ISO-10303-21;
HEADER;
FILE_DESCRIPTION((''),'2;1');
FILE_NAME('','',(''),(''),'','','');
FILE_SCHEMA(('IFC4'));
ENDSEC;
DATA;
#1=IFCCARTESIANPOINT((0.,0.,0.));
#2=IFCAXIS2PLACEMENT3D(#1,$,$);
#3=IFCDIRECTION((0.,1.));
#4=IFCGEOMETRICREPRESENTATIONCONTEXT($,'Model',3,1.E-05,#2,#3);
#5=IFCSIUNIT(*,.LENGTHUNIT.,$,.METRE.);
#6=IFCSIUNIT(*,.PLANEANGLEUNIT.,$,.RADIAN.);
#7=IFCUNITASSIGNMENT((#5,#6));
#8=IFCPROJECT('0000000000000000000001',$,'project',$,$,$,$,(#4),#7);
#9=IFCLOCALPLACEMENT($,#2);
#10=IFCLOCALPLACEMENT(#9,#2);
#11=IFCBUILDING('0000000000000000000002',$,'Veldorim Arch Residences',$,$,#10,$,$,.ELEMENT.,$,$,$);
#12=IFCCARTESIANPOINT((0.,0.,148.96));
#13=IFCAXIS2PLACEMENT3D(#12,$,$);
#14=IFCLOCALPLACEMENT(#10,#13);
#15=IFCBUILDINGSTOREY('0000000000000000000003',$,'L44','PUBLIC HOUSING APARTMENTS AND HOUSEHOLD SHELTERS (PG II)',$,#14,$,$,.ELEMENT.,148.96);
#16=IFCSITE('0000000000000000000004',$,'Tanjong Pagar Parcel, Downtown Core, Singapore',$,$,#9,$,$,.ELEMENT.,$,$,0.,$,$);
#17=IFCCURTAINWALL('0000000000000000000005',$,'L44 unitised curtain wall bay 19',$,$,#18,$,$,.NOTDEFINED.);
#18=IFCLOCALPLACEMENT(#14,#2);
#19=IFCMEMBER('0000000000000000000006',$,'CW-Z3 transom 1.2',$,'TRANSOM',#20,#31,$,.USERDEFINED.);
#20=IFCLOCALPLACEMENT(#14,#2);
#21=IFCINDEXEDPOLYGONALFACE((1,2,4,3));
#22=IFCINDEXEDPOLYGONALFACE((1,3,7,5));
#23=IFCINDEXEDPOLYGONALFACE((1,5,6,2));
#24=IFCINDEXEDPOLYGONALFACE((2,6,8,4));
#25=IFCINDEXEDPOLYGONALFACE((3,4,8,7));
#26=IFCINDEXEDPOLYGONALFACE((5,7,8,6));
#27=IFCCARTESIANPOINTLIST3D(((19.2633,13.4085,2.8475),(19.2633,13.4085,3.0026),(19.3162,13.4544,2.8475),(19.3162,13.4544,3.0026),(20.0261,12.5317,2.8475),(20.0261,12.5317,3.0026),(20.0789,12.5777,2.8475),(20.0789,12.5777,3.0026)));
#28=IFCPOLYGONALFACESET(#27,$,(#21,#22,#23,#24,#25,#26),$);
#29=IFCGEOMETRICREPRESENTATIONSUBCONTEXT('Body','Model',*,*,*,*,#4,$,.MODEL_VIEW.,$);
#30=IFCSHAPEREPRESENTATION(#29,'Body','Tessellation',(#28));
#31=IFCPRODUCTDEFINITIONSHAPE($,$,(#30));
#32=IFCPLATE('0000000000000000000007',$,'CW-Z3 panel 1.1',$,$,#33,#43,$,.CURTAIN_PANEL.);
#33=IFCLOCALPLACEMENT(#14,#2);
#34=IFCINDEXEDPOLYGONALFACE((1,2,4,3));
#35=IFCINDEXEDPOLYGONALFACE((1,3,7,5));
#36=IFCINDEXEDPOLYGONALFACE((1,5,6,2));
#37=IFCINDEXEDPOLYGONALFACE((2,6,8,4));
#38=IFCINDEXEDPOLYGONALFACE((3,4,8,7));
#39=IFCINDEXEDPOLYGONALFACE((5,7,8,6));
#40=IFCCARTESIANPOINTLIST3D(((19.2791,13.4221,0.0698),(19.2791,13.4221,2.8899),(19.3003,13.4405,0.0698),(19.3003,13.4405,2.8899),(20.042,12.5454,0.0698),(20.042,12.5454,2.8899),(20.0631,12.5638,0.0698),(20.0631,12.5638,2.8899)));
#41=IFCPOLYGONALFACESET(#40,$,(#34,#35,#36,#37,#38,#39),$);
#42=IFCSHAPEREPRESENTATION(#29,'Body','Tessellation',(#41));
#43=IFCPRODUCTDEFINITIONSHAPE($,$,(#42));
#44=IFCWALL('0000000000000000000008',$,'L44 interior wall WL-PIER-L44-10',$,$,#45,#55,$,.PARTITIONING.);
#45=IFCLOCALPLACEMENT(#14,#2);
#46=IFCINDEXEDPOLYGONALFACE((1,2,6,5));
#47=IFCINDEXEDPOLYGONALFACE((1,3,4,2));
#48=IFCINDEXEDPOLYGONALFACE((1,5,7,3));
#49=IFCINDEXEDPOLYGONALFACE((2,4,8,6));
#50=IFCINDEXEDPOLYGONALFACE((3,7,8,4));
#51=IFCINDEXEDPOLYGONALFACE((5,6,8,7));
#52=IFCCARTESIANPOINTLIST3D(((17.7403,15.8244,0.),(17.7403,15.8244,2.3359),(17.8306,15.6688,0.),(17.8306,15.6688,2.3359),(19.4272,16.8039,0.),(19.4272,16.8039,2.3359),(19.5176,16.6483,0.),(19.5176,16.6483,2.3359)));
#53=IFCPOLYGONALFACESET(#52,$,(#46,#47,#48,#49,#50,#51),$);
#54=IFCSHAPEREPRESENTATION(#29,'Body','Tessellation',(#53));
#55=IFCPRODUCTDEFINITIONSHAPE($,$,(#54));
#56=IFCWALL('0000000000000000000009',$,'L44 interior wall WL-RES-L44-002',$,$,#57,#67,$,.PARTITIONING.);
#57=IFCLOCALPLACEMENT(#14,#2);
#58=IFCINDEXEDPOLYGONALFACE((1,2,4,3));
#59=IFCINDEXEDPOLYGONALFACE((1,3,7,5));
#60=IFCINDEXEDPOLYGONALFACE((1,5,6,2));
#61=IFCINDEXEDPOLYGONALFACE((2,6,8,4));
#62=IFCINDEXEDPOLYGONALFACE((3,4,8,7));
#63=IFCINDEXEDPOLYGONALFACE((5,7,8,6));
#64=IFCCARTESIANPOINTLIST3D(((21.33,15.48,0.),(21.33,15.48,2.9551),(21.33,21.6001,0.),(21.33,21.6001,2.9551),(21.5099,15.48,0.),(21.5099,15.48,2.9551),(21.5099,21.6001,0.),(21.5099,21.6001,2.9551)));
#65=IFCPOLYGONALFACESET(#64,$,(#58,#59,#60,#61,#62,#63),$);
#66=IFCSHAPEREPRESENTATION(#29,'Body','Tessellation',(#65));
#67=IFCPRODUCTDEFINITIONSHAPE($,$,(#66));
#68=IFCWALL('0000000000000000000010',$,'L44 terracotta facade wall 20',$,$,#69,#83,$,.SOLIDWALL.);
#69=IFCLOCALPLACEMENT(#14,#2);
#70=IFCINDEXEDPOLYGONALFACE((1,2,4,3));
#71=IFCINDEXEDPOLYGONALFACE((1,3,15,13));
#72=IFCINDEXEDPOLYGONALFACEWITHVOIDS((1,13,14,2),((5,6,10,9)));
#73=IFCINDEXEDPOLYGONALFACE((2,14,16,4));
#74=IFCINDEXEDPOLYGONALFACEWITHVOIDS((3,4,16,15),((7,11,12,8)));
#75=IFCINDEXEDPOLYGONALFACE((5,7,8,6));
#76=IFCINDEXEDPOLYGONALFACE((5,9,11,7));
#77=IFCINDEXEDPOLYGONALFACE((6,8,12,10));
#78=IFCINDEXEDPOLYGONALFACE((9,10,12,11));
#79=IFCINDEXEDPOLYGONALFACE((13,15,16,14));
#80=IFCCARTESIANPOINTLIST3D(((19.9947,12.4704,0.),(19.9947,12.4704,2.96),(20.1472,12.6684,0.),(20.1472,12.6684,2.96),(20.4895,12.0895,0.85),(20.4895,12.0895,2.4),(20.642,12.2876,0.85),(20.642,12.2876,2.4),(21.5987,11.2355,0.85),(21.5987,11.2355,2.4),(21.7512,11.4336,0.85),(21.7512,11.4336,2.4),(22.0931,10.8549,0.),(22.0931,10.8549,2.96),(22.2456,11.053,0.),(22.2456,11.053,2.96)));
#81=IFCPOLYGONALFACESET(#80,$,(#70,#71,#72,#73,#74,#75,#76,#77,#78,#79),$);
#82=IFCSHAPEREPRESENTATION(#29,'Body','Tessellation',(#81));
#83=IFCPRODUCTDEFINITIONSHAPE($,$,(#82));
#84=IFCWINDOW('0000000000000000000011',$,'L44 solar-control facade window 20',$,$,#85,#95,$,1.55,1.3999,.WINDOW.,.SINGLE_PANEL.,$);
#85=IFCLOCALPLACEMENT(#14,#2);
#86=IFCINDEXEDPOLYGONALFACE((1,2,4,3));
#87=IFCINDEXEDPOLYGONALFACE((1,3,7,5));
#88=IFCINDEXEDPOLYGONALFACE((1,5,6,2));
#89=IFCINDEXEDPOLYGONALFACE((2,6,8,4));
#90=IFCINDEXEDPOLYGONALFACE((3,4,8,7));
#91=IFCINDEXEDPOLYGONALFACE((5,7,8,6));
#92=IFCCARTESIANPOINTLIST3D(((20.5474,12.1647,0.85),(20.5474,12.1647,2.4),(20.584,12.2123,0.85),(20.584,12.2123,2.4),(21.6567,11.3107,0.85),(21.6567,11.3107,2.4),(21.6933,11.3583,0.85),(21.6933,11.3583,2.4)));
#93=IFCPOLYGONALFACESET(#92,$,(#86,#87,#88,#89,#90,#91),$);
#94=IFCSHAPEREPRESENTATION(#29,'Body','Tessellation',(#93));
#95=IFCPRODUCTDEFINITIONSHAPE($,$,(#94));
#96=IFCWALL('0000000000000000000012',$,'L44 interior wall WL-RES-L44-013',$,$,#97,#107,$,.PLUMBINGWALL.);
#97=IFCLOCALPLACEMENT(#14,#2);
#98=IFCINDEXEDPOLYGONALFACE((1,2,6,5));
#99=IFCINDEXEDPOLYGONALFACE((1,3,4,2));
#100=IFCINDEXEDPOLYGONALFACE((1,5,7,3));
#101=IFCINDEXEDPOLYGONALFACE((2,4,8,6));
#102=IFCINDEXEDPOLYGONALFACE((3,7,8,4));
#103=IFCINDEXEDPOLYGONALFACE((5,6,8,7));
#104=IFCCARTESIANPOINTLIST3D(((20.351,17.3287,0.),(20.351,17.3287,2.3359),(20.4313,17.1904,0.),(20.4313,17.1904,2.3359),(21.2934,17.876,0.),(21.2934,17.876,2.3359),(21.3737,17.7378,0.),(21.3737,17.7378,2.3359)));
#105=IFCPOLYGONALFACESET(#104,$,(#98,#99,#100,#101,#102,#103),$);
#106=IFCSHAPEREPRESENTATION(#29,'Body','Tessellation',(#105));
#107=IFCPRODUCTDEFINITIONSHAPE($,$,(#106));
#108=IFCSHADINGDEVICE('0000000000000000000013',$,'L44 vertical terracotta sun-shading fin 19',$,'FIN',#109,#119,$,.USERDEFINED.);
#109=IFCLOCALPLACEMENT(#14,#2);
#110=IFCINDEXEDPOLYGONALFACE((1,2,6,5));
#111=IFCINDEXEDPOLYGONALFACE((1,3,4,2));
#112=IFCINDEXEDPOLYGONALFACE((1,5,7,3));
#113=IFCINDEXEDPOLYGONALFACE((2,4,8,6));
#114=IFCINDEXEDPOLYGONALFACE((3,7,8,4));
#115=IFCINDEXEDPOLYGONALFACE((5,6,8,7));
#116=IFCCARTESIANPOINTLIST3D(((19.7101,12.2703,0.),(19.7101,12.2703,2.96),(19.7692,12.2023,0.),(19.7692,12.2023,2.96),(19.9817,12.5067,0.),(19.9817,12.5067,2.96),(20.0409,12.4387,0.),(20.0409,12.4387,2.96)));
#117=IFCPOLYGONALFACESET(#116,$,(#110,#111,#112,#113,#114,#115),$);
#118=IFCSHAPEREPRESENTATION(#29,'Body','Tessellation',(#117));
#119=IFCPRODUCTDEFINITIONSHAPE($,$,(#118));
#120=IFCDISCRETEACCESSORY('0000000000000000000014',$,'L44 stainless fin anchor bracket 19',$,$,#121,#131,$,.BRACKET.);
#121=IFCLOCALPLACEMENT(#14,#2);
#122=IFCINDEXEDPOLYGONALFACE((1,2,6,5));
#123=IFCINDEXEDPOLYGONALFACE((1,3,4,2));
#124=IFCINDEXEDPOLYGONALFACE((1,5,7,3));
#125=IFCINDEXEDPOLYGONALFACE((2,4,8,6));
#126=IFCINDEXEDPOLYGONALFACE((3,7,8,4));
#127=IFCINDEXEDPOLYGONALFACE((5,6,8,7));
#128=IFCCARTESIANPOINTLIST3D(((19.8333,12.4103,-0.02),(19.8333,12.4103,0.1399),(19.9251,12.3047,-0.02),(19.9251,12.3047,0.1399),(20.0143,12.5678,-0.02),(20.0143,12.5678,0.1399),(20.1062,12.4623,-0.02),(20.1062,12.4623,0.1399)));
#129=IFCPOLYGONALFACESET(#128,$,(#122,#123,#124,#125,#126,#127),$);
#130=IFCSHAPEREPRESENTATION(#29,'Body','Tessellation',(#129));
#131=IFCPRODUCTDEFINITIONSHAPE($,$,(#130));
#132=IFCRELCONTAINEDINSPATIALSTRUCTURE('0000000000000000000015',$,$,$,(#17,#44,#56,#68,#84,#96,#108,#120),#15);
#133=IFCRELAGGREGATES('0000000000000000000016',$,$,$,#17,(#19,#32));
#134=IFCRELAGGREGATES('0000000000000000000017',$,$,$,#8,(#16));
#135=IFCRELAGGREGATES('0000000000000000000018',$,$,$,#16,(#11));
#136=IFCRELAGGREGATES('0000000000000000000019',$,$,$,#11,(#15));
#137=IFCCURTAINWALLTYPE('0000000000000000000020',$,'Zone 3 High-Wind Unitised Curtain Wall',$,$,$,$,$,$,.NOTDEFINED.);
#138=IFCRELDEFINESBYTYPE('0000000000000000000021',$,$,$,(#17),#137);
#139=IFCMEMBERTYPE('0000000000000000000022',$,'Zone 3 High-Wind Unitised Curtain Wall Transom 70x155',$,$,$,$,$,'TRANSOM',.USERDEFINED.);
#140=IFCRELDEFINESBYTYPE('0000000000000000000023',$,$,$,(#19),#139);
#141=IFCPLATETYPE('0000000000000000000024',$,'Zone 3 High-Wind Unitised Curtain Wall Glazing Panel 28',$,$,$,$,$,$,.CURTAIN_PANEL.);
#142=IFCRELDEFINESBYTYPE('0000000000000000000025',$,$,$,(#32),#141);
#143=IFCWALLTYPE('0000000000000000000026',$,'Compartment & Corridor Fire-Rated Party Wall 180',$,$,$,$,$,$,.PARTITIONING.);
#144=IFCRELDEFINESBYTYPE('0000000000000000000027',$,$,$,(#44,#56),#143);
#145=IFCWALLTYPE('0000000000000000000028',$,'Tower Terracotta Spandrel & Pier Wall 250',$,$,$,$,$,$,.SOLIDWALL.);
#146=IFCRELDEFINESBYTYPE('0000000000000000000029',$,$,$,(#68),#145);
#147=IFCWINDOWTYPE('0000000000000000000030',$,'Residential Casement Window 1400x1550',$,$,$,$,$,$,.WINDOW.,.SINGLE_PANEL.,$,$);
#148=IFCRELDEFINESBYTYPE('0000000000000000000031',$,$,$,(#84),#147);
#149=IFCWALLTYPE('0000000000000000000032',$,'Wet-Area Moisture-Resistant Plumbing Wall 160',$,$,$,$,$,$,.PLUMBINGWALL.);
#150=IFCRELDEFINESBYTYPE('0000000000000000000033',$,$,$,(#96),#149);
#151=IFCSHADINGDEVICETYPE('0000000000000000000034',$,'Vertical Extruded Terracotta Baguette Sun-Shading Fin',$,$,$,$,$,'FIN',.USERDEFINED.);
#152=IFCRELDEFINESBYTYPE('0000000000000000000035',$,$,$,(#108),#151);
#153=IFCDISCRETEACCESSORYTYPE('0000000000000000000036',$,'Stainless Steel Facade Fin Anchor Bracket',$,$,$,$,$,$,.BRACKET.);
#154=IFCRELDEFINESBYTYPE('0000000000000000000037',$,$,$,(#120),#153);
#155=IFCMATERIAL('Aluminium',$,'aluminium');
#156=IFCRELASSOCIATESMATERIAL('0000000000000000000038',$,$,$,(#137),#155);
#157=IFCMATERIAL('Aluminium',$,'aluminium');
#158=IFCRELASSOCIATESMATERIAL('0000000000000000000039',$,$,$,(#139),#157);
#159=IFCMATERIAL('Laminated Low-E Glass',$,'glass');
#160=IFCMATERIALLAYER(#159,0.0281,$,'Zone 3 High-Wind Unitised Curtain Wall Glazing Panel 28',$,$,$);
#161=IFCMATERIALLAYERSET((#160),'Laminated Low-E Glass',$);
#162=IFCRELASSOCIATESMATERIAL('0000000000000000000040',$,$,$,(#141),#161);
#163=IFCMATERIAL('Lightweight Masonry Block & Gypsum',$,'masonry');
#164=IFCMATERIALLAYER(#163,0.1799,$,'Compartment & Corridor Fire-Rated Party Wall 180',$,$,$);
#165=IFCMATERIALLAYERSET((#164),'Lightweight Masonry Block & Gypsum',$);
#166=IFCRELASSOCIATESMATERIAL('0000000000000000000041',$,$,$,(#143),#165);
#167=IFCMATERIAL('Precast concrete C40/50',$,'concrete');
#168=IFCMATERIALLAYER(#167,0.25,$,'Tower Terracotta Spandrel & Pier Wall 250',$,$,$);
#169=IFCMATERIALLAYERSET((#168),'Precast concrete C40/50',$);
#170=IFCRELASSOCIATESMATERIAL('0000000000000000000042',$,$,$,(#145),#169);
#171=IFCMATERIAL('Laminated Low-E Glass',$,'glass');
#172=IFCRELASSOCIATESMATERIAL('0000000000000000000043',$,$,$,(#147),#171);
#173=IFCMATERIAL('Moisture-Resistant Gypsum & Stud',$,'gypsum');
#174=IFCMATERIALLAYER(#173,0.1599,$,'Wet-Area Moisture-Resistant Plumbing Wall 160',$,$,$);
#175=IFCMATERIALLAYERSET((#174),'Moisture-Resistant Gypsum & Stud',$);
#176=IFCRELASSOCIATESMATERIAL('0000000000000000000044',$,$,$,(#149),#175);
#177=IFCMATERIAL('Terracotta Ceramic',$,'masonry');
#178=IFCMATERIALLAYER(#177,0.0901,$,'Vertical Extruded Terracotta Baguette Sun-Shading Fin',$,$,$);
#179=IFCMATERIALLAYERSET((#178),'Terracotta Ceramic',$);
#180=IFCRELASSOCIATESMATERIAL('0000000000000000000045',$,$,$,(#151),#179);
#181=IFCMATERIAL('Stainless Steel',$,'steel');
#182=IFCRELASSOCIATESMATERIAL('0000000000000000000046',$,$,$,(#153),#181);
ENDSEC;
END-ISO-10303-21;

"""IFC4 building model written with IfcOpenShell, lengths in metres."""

from ifc_helpers import new_model, si_unit, direction, frame, frame_2d, origin, origin_2d, place, context, subcontext, project, spatial, rectangle, extrude, material, layer, layer_set, material_profile, profile_set, type_object, element, fill, aggregate, save


model = new_model("IFC4")

# Units and contexts
model_context = context("Model", 3, precision=1e-05, world=origin(), true_north=direction((0.0, 1.0)))
body_context = subcontext(model_context, "Body", "Model", "MODEL_VIEW")
ifc_project = project(units=[si_unit("LENGTHUNIT", "METRE"), si_unit("PLANEANGLEUNIT", "RADIAN")], contexts=[model_context])

# Site, building, storey
site_placement = place(None, origin())
site = spatial("IfcSite", under=ifc_project, at=site_placement, Name="Tanjong Pagar Parcel, Downtown Core, Singapore", CompositionType="ELEMENT", RefElevation=0.0)
building_placement = place(site_placement, origin())
building = spatial("IfcBuilding", under=site, at=building_placement, Name="Veldorim Arch Residences", CompositionType="ELEMENT")
storey_placement = place(building_placement, frame((0.0, 0.0, 148.96)))
storey = spatial("IfcBuildingStorey", under=building, at=storey_placement, Name="L44", Description="PUBLIC HOUSING APARTMENTS AND HOUSEHOLD SHELTERS (PG II)", CompositionType="ELEMENT", Elevation=148.96)

# Curtain wall, member, plate
ifc_material_1 = material(Name="Aluminium", Category="aluminium")
curtain_wall_type = type_object("IfcCurtainWallType", Name="Zone 3 High-Wind Unitised Curtain Wall", PredefinedType="NOTDEFINED", material=ifc_material_1)
curtain_wall_placement = place(storey_placement, origin())
curtain_wall = element("IfcCurtainWall", 1, at=curtain_wall_placement, inside=storey, type_object=curtain_wall_type, Name="L44 unitised curtain wall bay 19", PredefinedType="NOTDEFINED")
ifc_material_2 = material(Name="Aluminium", Category="aluminium")
ifc_material_profile_1 = material_profile(ifc_material_2, rectangle(XDim=0.0701, YDim=0.155, at=origin_2d()), Name="ALU_TRN_70x155")
ifc_profile_set_1 = profile_set([ifc_material_profile_1], Name="Aluminium")
member_type_1 = type_object("IfcMemberType", Name="Zone 3 High-Wind Unitised Curtain Wall Transom 70x155", ElementType="TRANSOM", PredefinedType="USERDEFINED", material=ifc_profile_set_1)
member_1_placement = place(storey_placement, frame((20.0525, 12.5547, 2.925), z_axis=(-0.656345, 0.754461, 0.0), x_axis=(-0.754461, -0.656345, 0.0)))
member_1 = element("IfcMember", 2, at=member_1_placement, type_object=member_type_1, Name="CW-Z3 transom 1.2", ObjectType="TRANSOM", PredefinedType="USERDEFINED", context=body_context, shape_type="SweptSolid", body=[
    extrude(rectangle(XDim=0.0701, YDim=0.155, at=origin_2d()), origin(), (0.0, 0.0, 1.0), 1.1621),
])
ifc_material_3 = material(Name="Laminated Low-E Glass", Category="glass")
ifc_layer_1 = layer(ifc_material_3, 0.0281, Name="Zone 3 High-Wind Unitised Curtain Wall Glazing Panel 28")
ifc_layer_set_1 = layer_set([ifc_layer_1], Name="Laminated Low-E Glass")
plate_type = type_object("IfcPlateType", Name="Zone 3 High-Wind Unitised Curtain Wall Glazing Panel 28", PredefinedType="CURTAIN_PANEL", material=ifc_layer_set_1)
plate_placement = place(storey_placement, frame((19.6711, 12.9929, 0.0698), z_axis=(0.0, 0.0, 1.0), x_axis=(-0.656415, 0.7544, 0.0)))
plate = element("IfcPlate", 3, at=plate_placement, type_object=plate_type, Name="CW-Z3 panel 1.1", PredefinedType="CURTAIN_PANEL", context=body_context, shape_type="SweptSolid", body=[
    extrude(rectangle(XDim=1.1621, YDim=0.0281, at=origin_2d()), origin(), (0.0, 0.0, 1.0), 2.8201),
])
aggregate(curtain_wall, [member_1, plate])

# Walls
ifc_material_4 = material(Name="Lightweight Masonry Block & Gypsum", Category="masonry")
ifc_layer_2 = layer(ifc_material_4, 0.1799, Name="Compartment & Corridor Fire-Rated Party Wall 180")
ifc_layer_set_2 = layer_set([ifc_layer_2], Name="Lightweight Masonry Block & Gypsum")
wall_type_1 = type_object("IfcWallType", Name="Compartment & Corridor Fire-Rated Party Wall 180", PredefinedType="PARTITIONING", material=ifc_layer_set_2)
wall_1_placement = place(storey_placement, frame((19.4724, 16.7261, 0.0), z_axis=(0.0, 0.0, 1.0), x_axis=(-0.864803, -0.502111, 0.0)))
element("IfcWall", 4, at=wall_1_placement, inside=storey, type_object=wall_type_1, Name="L44 interior wall WL-PIER-L44-10", PredefinedType="PARTITIONING", context=body_context, shape_type="SweptSolid", body=[
    extrude(rectangle(XDim=1.9507, YDim=0.1799, at=frame_2d((0.9753, 0.0))), origin(), (0.0, 0.0, 1.0), 2.3359),
])
wall_2_placement = place(storey_placement, frame((21.4199, 15.48, 0.0), z_axis=(0.0, 0.0, 1.0), x_axis=(0.0, 1.0, 0.0)))
element("IfcWall", 5, at=wall_2_placement, inside=storey, type_object=wall_type_1, Name="L44 interior wall WL-RES-L44-002", PredefinedType="PARTITIONING", context=body_context, shape_type="SweptSolid", body=[
    extrude(rectangle(XDim=6.1201, YDim=0.1799, at=frame_2d((3.0601, 0.0))), origin(), (0.0, 0.0, 1.0), 2.9551),
])

# Wall, opening, window
ifc_material_5 = material(Name="Precast concrete C40/50", Category="concrete")
ifc_layer_3 = layer(ifc_material_5, 0.25, Name="Tower Terracotta Spandrel & Pier Wall 250")
ifc_layer_set_3 = layer_set([ifc_layer_3], Name="Precast concrete C40/50")
wall_type_2 = type_object("IfcWallType", Name="Tower Terracotta Spandrel & Pier Wall 250", PredefinedType="SOLIDWALL", material=ifc_layer_set_3)
wall_3_placement = place(storey_placement, frame((22.1694, 10.9539, 0.0), z_axis=(0.0, 0.0, 1.0), x_axis=(-0.792381, 0.610027, 0.0)))
wall_3 = element("IfcWall", 6, at=wall_3_placement, inside=storey, type_object=wall_type_2, Name="L44 terracotta facade wall 20", PredefinedType="SOLIDWALL", context=body_context, shape_type="SweptSolid", body=[
    extrude(rectangle(XDim=2.6482, YDim=0.25, at=frame_2d((1.3242, 0.0))), origin(), (0.0, 0.0, 1.0), 2.96),
])
opening_1_placement = place(wall_3_placement, frame((0.624, 0.0, 0.8501)))
opening_1 = element("IfcOpeningElement", 7, at=opening_1_placement, cuts=wall_3, PredefinedType="OPENING", context=body_context, shape_type="SweptSolid", body=[
    extrude(rectangle(XDim=1.3999, YDim=1.55, at=frame_2d((0.7, 0.7749))), frame((0.0, 0.135, 0.0), z_axis=(0.0, -1.0, 0.0), x_axis=(1.0, 0.0, 0.0)), (0.0, 0.0, 1.0), 0.27),
])
ifc_material_6 = material(Name="Laminated Low-E Glass", Category="glass")
window_type = type_object("IfcWindowType", Name="Residential Casement Window 1400x1550", PartitioningType="SINGLE_PANEL", PredefinedType="WINDOW", material=ifc_material_6)
window_placement = place(opening_1_placement, origin())
window = element("IfcWindow", 8, at=window_placement, inside=storey, type_object=window_type, Name="L44 solar-control facade window 20", OverallHeight=1.55, OverallWidth=1.3999, PartitioningType="SINGLE_PANEL", PredefinedType="WINDOW", context=body_context, shape_type="SweptSolid", body=[
    extrude(rectangle(XDim=1.3999, YDim=1.55, at=frame_2d((0.7, 0.7749))), frame((0.0, 0.03, 0.0), z_axis=(0.0, -1.0, 0.0), x_axis=(1.0, 0.0, 0.0)), (0.0, 0.0, 1.0), 0.0601),
])
fill(opening_1, window)

# Wall
ifc_material_7 = material(Name="Moisture-Resistant Gypsum & Stud", Category="gypsum")
ifc_layer_4 = layer(ifc_material_7, 0.1599, Name="Wet-Area Moisture-Resistant Plumbing Wall 160")
ifc_layer_set_4 = layer_set([ifc_layer_4], Name="Moisture-Resistant Gypsum & Stud")
wall_type_3 = type_object("IfcWallType", Name="Wet-Area Moisture-Resistant Plumbing Wall 160", PredefinedType="PLUMBINGWALL", material=ifc_layer_set_4)
wall_4_placement = place(storey_placement, frame((20.3911, 17.2595, 0.0), z_axis=(0.0, 0.0, 1.0), x_axis=(0.86472, 0.502254, 0.0)))
element("IfcWall", 9, at=wall_4_placement, inside=storey, type_object=wall_type_3, Name="L44 interior wall WL-RES-L44-013", PredefinedType="PLUMBINGWALL", context=body_context, shape_type="SweptSolid", body=[
    extrude(rectangle(XDim=1.0898, YDim=0.1599, at=frame_2d((0.5449, 0.0))), origin(), (0.0, 0.0, 1.0), 2.3359),
])

# Shading device
ifc_material_8 = material(Name="Terracotta Ceramic", Category="masonry")
ifc_layer_5 = layer(ifc_material_8, 0.0901, Name="Vertical Extruded Terracotta Baguette Sun-Shading Fin")
ifc_layer_set_5 = layer_set([ifc_layer_5], Name="Terracotta Ceramic")
shading_device_type = type_object("IfcShadingDeviceType", Name="Vertical Extruded Terracotta Baguette Sun-Shading Fin", ElementType="FIN", PredefinedType="USERDEFINED", material=ifc_layer_set_5)
shading_device_placement = place(storey_placement, frame((19.8755, 12.3545, 0.0), z_axis=(0.0, 0.0, 1.0), x_axis=(-0.656454, 0.754366, 0.0)))
element("IfcShadingDevice", 10, at=shading_device_placement, inside=storey, type_object=shading_device_type, Name="L44 vertical terracotta sun-shading fin 19", ObjectType="FIN", PredefinedType="USERDEFINED", context=body_context, shape_type="SweptSolid", body=[
    extrude(rectangle(XDim=0.0901, YDim=0.3601, at=origin_2d()), origin(), (0.0, 0.0, 1.0), 2.96),
])

# Discrete accessory
ifc_material_9 = material(Name="Stainless Steel", Category="steel")
discrete_accessory_type = type_object("IfcDiscreteAccessoryType", Name="Stainless Steel Facade Fin Anchor Bracket", PredefinedType="BRACKET", material=ifc_material_9)
discrete_accessory_placement = place(storey_placement, frame((19.9697, 12.4363, -0.02), z_axis=(0.0, 0.0, 1.0), x_axis=(-0.656454, 0.754366, 0.0)))
element("IfcDiscreteAccessory", 11, at=discrete_accessory_placement, inside=storey, type_object=discrete_accessory_type, Name="L44 stainless fin anchor bracket 19", PredefinedType="BRACKET", context=body_context, shape_type="SweptSolid", body=[
    extrude(rectangle(XDim=0.1399, YDim=0.24, at=origin_2d()), origin(), (0.0, 0.0, 1.0), 0.1599),
])

save(model, "model.ifc")
